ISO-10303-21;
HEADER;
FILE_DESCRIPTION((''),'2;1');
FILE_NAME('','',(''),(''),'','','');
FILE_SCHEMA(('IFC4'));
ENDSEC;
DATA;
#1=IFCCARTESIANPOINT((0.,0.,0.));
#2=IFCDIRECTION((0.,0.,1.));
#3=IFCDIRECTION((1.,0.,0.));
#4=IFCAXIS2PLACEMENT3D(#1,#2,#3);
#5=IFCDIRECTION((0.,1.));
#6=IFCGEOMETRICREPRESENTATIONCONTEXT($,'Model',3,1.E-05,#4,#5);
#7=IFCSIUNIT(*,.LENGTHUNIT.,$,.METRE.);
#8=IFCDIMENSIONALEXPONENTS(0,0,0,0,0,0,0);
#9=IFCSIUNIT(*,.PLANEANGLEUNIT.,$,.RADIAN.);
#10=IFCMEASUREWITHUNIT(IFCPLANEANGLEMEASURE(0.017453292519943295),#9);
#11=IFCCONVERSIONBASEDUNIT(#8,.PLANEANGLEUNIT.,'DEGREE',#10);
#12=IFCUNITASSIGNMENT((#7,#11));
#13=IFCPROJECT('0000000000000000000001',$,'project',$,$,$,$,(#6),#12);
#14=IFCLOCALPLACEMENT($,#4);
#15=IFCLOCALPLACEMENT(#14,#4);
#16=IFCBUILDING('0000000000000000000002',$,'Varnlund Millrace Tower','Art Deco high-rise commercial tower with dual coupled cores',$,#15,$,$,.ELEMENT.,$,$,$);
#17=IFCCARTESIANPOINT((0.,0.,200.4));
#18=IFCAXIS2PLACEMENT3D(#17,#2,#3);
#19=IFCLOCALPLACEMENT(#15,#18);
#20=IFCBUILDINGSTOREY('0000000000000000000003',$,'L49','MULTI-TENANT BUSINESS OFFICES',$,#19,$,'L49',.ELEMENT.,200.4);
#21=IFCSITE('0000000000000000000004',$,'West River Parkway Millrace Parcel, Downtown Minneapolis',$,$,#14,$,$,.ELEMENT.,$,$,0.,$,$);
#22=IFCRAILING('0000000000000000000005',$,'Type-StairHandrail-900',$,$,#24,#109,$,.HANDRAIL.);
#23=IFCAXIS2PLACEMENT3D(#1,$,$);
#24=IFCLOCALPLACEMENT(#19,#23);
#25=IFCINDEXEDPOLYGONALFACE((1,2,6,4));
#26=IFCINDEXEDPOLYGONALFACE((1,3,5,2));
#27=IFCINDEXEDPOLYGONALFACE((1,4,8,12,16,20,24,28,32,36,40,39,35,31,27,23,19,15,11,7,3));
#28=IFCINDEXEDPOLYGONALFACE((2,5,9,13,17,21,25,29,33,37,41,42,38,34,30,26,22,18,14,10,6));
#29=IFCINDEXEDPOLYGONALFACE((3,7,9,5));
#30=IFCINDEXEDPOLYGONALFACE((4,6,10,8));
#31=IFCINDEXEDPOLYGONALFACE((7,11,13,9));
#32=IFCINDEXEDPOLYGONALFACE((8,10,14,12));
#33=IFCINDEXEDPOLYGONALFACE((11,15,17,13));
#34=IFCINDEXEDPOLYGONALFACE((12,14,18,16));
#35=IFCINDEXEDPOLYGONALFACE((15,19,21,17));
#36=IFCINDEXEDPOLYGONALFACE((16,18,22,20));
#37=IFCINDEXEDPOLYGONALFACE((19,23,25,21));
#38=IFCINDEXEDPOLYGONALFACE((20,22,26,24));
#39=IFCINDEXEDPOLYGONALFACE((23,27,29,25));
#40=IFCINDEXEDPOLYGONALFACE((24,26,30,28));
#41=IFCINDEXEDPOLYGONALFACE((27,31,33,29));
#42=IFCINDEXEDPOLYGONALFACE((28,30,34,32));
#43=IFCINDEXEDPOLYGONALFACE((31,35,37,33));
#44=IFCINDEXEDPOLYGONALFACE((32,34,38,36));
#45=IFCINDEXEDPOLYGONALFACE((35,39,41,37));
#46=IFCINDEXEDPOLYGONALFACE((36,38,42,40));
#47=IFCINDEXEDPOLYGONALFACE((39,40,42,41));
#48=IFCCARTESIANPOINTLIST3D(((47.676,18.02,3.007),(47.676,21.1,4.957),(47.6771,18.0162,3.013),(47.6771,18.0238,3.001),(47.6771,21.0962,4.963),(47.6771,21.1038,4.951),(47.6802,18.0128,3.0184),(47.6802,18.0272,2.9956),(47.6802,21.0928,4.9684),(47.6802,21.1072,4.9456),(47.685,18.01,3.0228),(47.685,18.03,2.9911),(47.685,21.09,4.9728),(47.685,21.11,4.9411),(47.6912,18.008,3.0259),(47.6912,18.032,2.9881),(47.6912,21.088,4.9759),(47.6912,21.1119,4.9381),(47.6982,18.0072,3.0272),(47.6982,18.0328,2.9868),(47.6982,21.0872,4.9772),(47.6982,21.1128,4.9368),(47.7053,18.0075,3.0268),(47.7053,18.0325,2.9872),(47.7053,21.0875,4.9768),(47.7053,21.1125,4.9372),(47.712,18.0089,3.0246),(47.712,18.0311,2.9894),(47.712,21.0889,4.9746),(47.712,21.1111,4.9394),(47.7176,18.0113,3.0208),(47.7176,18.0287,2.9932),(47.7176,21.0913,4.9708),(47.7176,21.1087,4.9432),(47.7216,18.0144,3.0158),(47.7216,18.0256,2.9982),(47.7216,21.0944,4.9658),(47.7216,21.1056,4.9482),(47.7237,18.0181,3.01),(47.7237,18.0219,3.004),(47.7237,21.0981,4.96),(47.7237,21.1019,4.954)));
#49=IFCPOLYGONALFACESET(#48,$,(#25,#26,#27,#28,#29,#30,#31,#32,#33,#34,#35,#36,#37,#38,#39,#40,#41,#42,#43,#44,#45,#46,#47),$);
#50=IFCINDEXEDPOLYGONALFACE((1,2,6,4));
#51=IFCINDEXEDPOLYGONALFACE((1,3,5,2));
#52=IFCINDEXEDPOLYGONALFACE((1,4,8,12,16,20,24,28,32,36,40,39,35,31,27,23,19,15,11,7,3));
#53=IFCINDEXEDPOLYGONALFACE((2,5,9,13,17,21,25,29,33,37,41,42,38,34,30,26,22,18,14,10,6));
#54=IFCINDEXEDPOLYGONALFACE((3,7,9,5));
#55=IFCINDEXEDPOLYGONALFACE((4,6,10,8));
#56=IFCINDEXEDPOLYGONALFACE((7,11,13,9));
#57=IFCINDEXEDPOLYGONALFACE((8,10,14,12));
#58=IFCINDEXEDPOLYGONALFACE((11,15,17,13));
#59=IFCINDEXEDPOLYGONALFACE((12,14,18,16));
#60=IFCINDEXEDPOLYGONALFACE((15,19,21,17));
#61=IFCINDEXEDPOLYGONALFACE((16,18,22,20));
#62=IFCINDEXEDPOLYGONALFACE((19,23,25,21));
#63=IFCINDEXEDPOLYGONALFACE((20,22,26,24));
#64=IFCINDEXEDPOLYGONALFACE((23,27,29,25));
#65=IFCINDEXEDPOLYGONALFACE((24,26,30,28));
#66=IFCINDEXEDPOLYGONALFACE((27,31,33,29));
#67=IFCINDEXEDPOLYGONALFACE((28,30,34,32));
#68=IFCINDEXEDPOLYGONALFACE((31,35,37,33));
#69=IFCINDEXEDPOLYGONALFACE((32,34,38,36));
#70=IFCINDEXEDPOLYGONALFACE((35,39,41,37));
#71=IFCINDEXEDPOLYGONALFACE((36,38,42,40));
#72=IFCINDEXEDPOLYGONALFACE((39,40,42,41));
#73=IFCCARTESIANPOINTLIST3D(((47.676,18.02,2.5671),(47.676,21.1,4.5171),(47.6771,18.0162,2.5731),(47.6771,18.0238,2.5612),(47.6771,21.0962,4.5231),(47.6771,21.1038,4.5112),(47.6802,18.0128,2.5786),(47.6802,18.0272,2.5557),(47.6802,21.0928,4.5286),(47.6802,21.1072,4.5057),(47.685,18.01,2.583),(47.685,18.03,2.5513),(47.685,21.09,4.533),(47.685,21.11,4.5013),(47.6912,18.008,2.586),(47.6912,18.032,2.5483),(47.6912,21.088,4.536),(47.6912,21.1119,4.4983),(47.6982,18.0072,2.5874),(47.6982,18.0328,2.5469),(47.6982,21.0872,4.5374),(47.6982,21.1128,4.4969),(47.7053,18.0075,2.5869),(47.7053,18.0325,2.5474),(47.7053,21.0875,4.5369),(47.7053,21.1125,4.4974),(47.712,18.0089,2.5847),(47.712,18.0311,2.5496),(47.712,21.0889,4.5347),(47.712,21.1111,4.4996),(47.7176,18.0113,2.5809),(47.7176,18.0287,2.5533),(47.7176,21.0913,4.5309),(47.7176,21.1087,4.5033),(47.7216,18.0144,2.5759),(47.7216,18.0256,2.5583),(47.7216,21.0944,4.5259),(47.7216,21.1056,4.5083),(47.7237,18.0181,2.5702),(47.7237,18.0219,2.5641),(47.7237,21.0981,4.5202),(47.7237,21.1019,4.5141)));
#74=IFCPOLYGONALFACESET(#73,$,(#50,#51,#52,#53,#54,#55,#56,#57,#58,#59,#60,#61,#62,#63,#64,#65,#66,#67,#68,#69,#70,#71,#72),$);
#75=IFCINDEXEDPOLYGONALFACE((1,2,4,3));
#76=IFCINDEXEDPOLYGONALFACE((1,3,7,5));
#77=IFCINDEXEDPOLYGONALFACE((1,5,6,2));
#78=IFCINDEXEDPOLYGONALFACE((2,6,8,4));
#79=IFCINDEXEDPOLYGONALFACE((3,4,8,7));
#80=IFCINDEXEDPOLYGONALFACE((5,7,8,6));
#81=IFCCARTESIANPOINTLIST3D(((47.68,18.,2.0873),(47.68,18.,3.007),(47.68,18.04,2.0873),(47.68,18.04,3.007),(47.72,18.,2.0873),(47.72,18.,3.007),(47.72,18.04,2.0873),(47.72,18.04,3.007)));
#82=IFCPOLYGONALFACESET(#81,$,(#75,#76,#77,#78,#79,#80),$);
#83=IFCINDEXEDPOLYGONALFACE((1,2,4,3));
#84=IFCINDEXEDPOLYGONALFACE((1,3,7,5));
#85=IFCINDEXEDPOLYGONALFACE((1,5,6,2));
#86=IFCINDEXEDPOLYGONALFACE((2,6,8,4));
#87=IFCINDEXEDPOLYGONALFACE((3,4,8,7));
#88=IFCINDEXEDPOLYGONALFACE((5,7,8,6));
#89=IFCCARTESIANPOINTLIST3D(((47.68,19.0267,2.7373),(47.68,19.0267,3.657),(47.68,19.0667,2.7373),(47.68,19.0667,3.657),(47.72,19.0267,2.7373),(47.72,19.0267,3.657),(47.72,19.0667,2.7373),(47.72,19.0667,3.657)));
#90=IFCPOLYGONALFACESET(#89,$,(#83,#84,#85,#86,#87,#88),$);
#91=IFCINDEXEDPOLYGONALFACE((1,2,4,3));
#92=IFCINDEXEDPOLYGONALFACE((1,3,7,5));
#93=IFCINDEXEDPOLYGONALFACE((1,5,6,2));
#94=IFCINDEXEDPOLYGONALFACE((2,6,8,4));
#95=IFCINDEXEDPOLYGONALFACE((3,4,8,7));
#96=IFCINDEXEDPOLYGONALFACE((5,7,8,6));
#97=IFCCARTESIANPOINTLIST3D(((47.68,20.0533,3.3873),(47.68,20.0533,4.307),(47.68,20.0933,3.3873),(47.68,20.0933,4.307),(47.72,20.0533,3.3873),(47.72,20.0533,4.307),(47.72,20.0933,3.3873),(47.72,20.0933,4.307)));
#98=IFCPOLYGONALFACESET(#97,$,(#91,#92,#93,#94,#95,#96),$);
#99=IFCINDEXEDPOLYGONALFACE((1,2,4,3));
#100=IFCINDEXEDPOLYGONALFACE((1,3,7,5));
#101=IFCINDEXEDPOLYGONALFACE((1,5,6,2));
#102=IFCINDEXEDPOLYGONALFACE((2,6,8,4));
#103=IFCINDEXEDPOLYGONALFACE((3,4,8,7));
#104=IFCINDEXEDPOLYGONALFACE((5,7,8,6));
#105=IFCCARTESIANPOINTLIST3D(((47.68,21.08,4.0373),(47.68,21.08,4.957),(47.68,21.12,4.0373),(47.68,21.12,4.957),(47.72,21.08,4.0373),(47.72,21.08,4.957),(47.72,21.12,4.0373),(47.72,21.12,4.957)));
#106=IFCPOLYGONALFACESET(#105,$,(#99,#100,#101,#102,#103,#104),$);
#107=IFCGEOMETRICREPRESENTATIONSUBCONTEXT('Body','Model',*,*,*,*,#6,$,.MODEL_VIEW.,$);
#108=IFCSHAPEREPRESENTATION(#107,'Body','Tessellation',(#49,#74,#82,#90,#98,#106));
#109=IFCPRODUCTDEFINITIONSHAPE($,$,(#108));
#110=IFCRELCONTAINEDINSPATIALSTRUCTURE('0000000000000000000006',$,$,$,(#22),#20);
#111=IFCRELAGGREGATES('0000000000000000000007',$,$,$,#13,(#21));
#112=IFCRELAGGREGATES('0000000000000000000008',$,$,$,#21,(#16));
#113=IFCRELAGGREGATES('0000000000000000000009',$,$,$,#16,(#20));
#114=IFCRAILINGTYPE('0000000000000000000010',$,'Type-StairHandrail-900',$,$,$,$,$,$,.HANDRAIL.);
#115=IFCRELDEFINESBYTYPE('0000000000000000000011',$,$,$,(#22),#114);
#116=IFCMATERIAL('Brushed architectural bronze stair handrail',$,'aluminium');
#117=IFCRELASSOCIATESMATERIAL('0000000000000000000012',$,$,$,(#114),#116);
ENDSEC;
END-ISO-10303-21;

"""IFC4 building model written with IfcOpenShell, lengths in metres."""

from ifc_helpers import new_model, entity, si_unit, converted_unit, direction, frame, origin_with_axes, origin_2d_with_axis, place, context, subcontext, project, spatial, rectangle, circle, extrude, material, type_object, element, save


model = new_model("IFC4")

# Units and contexts
model_context = context("Model", 3, precision=1e-05, world=origin_with_axes(), true_north=direction((0.0, 1.0)))
body_context = subcontext(model_context, "Body", "Model", "MODEL_VIEW")
ifc_project = project(units=[si_unit("LENGTHUNIT", "METRE"), converted_unit("PLANEANGLEUNIT", "DEGREE", entity("IfcPlaneAngleMeasure", 0.017453292519943295), si_unit("PLANEANGLEUNIT", "RADIAN"), dimensions=[0, 0, 0, 0, 0, 0, 0])], contexts=[model_context])

# Site, building, storey
site_placement = place(None, origin_with_axes())
site = spatial("IfcSite", under=ifc_project, at=site_placement, Name="West River Parkway Millrace Parcel, Downtown Minneapolis", CompositionType="ELEMENT", RefElevation=0.0)
building_placement = place(site_placement, origin_with_axes())
building = spatial("IfcBuilding", under=site, at=building_placement, Name="Varnlund Millrace Tower", Description="Art Deco high-rise commercial tower with dual coupled cores", CompositionType="ELEMENT")
storey_placement = place(building_placement, frame((0.0, 0.0, 200.4), z_axis=(0.0, 0.0, 1.0), x_axis=(1.0, 0.0, 0.0)))
storey = spatial("IfcBuildingStorey", under=building, at=storey_placement, Name="L49", Description="MULTI-TENANT BUSINESS OFFICES", LongName="L49", CompositionType="ELEMENT", Elevation=200.4)

# Railing
ifc_material_1 = material(Name="Brushed architectural bronze stair handrail", Category="aluminium")
railing_type_1 = type_object("IfcRailingType", Name="Type-StairHandrail-900", PredefinedType="HANDRAIL", material=ifc_material_1)
railing_1_placement = place(storey_placement, frame((0.0, 0.0, -200.4), z_axis=(0.0, 0.0, 1.0), x_axis=(1.0, 0.0, 0.0)))
element("IfcRailing", 1, at=railing_1_placement, inside=storey, type_object=railing_type_1, Name="Type-StairHandrail-900", PredefinedType="HANDRAIL", context=body_context, shape_type="SweptSolid", body=[
    extrude(circle(Radius=0.024, at=origin_2d_with_axis()), frame((47.7, 18.02, 203.407), z_axis=(0.0, 0.844902, 0.534922), x_axis=(-1.0, 0.0, 0.0)), (0.0, 0.0, 1.0), 3.6454),
    extrude(circle(Radius=0.024, at=origin_2d_with_axis()), frame((47.7, 18.02, 202.9671), z_axis=(0.0, 0.844902, 0.534922), x_axis=(-1.0, 0.0, 0.0)), (0.0, 0.0, 1.0), 3.6454),
    extrude(rectangle(XDim=0.04, YDim=0.04, at=origin_2d_with_axis()), frame((47.7, 18.02, 202.4873), z_axis=(0.0, 0.0, 1.0), x_axis=(1.0, 0.0, 0.0)), (0.0, 0.0, 1.0), 0.9197),
    extrude(rectangle(XDim=0.04, YDim=0.04, at=origin_2d_with_axis()), frame((47.7, 19.0467, 203.1373), z_axis=(0.0, 0.0, 1.0), x_axis=(1.0, 0.0, 0.0)), (0.0, 0.0, 1.0), 0.9197),
    extrude(rectangle(XDim=0.04, YDim=0.04, at=origin_2d_with_axis()), frame((47.7, 20.0733, 203.7873), z_axis=(0.0, 0.0, 1.0), x_axis=(1.0, 0.0, 0.0)), (0.0, 0.0, 1.0), 0.9197),
    extrude(rectangle(XDim=0.04, YDim=0.04, at=origin_2d_with_axis()), frame((47.7, 21.1, 204.4373), z_axis=(0.0, 0.0, 1.0), x_axis=(1.0, 0.0, 0.0)), (0.0, 0.0, 1.0), 0.9197),
])

save(model, "model.ifc")
